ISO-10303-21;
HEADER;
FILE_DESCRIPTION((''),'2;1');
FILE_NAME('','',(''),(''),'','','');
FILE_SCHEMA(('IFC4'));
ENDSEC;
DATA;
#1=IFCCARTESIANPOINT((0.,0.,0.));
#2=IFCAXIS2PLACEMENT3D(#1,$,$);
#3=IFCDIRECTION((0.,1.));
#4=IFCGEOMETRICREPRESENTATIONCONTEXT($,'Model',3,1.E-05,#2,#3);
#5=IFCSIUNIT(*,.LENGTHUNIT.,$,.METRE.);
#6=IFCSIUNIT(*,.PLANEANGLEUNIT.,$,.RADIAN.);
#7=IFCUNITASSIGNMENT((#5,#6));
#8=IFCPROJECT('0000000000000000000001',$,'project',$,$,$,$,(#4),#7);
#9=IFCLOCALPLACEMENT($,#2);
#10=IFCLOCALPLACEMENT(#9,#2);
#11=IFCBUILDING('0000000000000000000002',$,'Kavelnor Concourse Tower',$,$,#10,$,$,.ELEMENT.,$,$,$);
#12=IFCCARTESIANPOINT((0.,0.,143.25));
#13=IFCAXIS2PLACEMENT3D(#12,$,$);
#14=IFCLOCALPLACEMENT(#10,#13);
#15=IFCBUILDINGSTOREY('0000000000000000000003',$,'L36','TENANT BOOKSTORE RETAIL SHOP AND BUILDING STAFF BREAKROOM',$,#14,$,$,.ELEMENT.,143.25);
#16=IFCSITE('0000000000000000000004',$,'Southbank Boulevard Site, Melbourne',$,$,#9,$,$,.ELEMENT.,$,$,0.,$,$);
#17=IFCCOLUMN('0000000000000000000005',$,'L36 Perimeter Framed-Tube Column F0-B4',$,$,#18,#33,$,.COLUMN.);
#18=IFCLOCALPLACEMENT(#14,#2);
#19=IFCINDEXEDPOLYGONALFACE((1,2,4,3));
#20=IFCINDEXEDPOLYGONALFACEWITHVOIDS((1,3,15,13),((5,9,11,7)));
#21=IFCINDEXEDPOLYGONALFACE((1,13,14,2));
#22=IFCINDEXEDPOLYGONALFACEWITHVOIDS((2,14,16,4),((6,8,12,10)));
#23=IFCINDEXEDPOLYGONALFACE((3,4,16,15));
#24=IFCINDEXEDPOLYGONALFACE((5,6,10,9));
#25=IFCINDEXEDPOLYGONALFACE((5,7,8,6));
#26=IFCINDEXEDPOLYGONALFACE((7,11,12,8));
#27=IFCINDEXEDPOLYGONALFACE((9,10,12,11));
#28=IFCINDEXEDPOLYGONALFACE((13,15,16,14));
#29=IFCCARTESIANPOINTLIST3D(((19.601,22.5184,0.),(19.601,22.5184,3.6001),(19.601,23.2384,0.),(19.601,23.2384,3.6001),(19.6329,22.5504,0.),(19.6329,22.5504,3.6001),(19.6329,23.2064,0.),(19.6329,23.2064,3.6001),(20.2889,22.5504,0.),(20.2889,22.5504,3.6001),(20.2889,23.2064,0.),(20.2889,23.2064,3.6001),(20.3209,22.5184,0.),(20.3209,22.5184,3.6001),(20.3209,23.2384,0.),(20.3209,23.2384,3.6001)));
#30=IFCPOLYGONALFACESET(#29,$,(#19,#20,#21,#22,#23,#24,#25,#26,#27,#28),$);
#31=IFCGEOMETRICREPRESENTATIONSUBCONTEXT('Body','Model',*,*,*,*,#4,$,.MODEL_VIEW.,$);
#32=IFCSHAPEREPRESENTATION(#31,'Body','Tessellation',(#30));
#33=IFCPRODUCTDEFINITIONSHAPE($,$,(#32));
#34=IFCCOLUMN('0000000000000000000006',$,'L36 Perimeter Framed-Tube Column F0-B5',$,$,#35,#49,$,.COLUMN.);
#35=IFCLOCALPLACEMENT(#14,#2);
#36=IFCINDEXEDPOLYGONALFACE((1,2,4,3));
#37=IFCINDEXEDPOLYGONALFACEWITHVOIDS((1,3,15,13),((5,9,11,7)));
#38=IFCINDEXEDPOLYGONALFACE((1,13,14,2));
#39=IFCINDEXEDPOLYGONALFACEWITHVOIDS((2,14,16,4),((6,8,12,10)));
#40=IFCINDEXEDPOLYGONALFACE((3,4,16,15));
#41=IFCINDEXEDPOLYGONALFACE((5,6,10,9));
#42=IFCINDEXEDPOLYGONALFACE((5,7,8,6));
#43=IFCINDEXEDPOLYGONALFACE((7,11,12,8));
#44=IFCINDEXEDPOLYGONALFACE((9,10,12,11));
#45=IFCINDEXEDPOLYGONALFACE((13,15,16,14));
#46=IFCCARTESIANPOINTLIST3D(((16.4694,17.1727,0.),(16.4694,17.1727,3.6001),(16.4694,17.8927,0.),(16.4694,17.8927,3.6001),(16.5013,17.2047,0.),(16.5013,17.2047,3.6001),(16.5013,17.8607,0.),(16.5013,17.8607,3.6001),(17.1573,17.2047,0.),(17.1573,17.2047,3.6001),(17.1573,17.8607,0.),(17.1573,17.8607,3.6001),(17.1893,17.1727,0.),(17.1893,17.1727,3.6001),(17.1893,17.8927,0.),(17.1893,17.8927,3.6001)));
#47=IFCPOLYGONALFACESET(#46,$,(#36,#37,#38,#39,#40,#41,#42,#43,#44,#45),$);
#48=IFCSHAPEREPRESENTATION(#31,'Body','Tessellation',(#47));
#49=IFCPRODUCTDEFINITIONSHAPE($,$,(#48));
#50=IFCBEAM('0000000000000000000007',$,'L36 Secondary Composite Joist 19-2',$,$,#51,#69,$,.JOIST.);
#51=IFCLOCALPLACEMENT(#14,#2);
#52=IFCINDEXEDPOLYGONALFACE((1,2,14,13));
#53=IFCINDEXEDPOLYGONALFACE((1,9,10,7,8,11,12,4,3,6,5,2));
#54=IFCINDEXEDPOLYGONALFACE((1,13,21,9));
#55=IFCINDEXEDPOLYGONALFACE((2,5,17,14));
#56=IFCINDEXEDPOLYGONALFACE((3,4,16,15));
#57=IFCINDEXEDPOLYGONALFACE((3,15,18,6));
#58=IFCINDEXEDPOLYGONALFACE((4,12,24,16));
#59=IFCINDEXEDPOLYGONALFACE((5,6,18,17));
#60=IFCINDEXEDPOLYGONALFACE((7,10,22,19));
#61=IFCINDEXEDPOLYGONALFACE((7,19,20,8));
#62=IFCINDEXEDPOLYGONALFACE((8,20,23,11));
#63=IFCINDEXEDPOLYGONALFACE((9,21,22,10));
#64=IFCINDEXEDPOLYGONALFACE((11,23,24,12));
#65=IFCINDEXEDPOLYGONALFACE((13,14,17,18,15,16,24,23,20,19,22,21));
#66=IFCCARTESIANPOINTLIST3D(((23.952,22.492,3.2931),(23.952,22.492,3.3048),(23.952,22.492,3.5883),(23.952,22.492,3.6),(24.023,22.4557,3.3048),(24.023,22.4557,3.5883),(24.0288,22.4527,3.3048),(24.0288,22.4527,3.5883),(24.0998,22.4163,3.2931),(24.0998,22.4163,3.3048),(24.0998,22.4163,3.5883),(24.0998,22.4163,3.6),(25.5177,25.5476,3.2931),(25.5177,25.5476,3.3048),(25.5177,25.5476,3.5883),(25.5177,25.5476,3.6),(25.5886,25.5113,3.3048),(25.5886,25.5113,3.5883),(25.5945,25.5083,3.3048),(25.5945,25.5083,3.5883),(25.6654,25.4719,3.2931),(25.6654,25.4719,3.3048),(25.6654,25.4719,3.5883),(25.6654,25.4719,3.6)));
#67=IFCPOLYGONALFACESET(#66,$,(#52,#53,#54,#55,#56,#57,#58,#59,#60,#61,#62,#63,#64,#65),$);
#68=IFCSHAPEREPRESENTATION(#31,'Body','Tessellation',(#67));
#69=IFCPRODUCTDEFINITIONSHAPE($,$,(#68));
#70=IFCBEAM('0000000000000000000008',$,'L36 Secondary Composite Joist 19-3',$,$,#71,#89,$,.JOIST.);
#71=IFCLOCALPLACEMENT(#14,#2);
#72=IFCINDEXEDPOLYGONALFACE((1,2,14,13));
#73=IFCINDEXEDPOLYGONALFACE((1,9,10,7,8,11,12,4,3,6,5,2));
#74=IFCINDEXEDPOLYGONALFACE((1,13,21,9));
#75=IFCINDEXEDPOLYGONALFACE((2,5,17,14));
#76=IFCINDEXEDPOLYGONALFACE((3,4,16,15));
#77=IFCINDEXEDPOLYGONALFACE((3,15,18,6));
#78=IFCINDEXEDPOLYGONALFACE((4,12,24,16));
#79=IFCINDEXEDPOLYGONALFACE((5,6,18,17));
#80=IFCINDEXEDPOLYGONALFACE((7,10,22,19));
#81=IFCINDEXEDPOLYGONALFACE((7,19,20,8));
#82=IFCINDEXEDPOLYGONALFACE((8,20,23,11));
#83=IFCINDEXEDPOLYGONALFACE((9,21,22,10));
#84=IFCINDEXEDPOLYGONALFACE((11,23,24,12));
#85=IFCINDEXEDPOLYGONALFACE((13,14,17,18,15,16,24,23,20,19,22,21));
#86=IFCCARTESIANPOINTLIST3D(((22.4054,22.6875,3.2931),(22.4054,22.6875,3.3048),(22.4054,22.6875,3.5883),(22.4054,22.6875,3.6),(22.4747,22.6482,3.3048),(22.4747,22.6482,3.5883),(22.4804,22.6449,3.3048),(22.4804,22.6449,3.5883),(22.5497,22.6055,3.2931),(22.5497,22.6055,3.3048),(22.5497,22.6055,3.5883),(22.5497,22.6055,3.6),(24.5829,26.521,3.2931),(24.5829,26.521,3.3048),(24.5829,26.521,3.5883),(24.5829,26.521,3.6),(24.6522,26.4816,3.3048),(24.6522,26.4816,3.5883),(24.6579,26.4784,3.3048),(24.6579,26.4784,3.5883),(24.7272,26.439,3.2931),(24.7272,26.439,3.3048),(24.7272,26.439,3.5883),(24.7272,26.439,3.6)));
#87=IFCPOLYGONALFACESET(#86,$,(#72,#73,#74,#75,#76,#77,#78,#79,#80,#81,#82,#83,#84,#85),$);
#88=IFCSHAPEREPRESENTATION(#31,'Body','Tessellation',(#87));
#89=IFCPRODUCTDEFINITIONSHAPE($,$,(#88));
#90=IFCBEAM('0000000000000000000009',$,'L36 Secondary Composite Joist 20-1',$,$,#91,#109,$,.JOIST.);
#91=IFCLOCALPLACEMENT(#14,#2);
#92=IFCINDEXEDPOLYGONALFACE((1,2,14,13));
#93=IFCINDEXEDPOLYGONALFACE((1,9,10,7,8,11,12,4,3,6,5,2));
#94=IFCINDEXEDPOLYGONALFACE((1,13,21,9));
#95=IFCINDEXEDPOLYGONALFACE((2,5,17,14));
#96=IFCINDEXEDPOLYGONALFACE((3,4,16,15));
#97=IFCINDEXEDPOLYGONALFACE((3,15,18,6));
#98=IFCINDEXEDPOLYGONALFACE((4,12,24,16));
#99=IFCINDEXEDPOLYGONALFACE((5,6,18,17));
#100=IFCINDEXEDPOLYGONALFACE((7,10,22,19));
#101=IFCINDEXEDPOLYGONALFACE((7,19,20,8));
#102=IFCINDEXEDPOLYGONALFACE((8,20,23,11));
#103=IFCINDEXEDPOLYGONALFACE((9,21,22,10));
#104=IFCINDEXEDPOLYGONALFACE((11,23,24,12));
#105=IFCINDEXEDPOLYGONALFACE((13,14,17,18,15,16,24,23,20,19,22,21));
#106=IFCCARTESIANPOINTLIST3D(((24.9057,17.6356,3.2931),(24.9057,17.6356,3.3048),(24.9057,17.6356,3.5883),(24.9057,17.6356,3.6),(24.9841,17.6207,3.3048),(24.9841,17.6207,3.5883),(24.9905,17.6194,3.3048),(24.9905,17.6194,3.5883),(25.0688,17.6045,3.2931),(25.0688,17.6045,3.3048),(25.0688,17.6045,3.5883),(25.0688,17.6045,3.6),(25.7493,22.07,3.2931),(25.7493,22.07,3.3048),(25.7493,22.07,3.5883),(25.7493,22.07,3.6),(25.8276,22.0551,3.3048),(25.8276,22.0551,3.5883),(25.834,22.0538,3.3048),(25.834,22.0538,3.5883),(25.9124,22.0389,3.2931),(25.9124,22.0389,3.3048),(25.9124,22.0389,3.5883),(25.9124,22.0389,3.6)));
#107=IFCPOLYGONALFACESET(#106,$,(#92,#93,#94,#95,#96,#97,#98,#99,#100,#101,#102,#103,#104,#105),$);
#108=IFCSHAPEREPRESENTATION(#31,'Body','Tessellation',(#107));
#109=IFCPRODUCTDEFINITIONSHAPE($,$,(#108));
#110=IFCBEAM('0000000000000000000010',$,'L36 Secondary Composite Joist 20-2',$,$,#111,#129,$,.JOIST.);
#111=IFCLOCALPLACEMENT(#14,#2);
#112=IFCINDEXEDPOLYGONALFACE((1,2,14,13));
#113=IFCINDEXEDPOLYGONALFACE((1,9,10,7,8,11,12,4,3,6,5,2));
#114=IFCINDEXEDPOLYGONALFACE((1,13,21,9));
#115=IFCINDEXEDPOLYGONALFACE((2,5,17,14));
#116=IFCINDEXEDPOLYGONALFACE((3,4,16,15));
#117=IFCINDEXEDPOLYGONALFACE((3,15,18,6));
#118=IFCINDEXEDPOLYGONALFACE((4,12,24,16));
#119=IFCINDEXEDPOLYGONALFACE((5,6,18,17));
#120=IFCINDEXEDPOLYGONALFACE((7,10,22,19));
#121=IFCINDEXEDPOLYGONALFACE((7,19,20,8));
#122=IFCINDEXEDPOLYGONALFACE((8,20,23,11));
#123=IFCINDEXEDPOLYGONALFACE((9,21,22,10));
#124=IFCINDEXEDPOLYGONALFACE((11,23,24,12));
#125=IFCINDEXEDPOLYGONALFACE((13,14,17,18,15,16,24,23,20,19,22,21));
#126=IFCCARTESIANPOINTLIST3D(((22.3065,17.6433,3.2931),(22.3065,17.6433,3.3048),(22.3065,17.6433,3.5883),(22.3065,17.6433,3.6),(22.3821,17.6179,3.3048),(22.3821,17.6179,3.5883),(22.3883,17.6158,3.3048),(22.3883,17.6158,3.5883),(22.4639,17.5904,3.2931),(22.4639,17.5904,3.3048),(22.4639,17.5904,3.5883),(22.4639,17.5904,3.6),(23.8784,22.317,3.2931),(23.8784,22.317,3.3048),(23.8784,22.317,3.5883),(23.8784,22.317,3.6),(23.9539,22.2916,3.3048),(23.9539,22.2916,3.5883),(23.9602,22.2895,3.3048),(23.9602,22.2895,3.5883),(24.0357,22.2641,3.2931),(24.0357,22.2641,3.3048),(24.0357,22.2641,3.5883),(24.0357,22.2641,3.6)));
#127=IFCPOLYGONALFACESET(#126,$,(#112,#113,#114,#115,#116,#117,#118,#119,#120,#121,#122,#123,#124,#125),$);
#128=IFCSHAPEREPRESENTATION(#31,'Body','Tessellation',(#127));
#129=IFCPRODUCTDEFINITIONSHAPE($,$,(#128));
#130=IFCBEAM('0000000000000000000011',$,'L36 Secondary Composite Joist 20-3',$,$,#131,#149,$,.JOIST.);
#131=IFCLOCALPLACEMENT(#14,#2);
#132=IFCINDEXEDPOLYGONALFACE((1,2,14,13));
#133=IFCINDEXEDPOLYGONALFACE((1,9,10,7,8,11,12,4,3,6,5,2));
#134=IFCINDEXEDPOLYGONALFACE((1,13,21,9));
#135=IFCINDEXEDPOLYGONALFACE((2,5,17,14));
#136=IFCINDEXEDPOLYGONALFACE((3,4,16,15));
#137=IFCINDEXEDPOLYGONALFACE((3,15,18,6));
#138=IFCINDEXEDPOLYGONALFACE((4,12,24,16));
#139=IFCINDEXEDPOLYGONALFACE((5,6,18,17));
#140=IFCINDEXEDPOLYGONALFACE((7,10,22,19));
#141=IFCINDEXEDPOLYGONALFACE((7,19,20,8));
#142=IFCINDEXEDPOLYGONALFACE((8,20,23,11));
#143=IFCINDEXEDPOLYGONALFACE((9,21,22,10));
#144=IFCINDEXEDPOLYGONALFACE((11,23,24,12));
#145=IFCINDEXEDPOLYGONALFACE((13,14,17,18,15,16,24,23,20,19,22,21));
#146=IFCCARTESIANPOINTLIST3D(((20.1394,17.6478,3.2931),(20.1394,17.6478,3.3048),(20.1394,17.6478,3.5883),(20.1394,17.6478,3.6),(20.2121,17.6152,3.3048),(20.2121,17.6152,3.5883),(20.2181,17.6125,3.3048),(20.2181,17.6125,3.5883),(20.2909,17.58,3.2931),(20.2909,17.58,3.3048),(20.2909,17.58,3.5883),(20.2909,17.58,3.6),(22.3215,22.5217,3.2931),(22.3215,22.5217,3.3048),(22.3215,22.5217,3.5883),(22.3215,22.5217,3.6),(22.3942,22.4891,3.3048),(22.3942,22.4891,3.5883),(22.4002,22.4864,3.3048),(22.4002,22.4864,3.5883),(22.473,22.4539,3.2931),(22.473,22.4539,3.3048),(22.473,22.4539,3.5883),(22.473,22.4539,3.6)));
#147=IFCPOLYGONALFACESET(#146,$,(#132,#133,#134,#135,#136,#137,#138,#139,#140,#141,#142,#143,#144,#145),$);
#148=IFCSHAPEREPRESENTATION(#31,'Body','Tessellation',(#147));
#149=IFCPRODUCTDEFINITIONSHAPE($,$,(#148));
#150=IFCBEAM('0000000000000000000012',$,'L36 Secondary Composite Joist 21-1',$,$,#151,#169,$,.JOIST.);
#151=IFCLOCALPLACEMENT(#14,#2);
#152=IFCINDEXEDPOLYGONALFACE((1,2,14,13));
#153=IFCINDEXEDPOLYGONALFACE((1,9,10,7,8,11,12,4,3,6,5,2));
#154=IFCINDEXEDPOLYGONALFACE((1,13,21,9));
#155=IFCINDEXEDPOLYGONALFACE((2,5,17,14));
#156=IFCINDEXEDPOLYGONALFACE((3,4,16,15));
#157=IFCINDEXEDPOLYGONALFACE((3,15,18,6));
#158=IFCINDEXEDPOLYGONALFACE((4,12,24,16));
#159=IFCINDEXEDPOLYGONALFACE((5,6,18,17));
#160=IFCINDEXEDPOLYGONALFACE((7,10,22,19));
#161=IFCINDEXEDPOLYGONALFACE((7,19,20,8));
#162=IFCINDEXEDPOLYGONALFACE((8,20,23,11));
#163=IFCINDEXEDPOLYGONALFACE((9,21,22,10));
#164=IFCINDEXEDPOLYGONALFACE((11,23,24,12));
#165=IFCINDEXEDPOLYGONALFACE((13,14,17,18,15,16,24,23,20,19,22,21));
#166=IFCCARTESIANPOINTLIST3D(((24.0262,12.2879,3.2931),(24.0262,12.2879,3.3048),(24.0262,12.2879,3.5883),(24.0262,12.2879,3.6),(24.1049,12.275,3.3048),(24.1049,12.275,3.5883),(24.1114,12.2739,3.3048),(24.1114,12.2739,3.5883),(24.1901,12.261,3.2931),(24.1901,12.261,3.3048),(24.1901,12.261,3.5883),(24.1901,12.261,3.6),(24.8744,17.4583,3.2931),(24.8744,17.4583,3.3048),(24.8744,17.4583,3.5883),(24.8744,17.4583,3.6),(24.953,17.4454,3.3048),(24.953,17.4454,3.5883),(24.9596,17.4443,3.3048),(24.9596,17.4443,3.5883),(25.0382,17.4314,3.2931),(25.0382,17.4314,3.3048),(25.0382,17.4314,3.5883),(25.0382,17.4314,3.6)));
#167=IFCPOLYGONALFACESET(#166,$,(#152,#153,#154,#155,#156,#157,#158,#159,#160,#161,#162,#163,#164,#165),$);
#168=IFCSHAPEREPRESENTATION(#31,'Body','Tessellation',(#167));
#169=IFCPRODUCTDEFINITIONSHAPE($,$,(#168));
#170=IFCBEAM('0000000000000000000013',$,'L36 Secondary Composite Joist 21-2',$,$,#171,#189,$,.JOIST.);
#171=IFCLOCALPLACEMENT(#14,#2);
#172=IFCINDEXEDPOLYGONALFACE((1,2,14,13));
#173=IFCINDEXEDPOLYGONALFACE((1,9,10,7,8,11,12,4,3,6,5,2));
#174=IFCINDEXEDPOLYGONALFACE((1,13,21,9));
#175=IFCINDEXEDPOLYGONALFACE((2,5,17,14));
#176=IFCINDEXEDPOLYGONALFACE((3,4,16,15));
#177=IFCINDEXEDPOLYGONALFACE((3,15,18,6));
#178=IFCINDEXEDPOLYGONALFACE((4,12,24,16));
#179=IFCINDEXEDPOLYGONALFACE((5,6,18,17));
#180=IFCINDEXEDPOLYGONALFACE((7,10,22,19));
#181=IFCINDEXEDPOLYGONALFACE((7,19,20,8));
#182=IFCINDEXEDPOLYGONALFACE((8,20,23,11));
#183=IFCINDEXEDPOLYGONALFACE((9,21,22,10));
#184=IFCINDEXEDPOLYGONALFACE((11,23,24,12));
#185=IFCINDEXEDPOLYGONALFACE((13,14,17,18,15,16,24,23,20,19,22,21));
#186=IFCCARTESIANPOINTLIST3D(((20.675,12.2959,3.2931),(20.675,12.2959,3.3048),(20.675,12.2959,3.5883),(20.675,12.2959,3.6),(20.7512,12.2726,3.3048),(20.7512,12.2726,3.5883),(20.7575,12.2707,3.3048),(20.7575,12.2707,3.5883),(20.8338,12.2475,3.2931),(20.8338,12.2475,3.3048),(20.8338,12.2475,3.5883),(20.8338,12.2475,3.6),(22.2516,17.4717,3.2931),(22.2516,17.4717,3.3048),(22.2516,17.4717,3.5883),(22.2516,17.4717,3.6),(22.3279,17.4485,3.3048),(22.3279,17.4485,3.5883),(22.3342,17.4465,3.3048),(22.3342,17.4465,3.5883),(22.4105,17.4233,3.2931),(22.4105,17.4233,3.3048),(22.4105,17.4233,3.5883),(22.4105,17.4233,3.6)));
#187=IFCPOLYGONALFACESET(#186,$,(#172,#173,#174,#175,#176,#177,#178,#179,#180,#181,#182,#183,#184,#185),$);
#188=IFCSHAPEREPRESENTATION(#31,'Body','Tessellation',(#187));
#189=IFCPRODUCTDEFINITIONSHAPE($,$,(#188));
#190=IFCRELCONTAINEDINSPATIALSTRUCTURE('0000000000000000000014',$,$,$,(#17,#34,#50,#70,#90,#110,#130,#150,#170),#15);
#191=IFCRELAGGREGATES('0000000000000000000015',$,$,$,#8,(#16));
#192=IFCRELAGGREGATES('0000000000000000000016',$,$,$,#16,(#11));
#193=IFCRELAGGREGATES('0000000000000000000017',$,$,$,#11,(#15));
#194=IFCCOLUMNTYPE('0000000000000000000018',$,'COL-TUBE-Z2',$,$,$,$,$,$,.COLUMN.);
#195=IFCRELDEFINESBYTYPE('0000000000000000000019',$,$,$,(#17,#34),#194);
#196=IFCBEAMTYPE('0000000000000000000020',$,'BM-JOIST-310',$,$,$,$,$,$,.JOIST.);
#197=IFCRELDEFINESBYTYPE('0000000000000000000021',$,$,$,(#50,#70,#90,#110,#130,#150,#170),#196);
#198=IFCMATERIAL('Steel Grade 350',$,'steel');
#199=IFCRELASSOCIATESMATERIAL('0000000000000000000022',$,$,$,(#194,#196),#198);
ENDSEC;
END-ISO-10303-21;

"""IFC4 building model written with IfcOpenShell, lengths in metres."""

from ifc_helpers import new_model, si_unit, direction, frame, origin, origin_2d, place, context, subcontext, project, spatial, hollow_rectangle, i_section, extrude, material, material_profile, profile_set, type_object, element, save


model = new_model("IFC4")

# Units and contexts
model_context = context("Model", 3, precision=1e-05, world=origin(), true_north=direction((0.0, 1.0)))
body_context = subcontext(model_context, "Body", "Model", "MODEL_VIEW")
ifc_project = project(units=[si_unit("LENGTHUNIT", "METRE"), si_unit("PLANEANGLEUNIT", "RADIAN")], contexts=[model_context])

# Site, building, storey
site_placement = place(None, origin())
site = spatial("IfcSite", under=ifc_project, at=site_placement, Name="Southbank Boulevard Site, Melbourne", CompositionType="ELEMENT", RefElevation=0.0)
building_placement = place(site_placement, origin())
building = spatial("IfcBuilding", under=site, at=building_placement, Name="Kavelnor Concourse Tower", CompositionType="ELEMENT")
storey_placement = place(building_placement, frame((0.0, 0.0, 143.25)))
storey = spatial("IfcBuildingStorey", under=building, at=storey_placement, Name="L36", Description="TENANT BOOKSTORE RETAIL SHOP AND BUILDING STAFF BREAKROOM", CompositionType="ELEMENT", Elevation=143.25)

# Columns
ifc_material_1 = material(Name="Steel Grade 350", Category="steel")
ifc_material_profile_1 = material_profile(ifc_material_1, hollow_rectangle(XDim=0.72, YDim=0.72, WallThickness=0.032, at=origin_2d()), Name="SHS 720x720x32")
ifc_profile_set_1 = profile_set([ifc_material_profile_1], Name="Steel Grade 350")
column_type = type_object("IfcColumnType", Name="COL-TUBE-Z2", PredefinedType="COLUMN", material=ifc_profile_set_1)
for number, where, z_axis, x_axis, name in (
    (1, (19.9609, 22.8784, 0.0), (0.0, 0.0, 1.0), (1.0, 0.0, 0.0), "L36 Perimeter Framed-Tube Column F0-B4"),
    (2, (16.8293, 17.5327, 0.0), (0.0, 0.0, 1.0), (1.0, 0.0, 0.0), "L36 Perimeter Framed-Tube Column F0-B5"),
):
    element("IfcColumn", number, at=place(storey_placement, frame(where, z_axis=z_axis, x_axis=x_axis)), inside=storey, type_object=column_type, Name=name, PredefinedType="COLUMN", context=body_context, shape_type="SweptSolid", body=[
        extrude(hollow_rectangle(XDim=0.72, YDim=0.72, WallThickness=0.032, at=origin_2d()), origin(), (0.0, 0.0, 1.0), 3.6001),
    ])

# Beams
ifc_material_profile_2 = material_profile(ifc_material_1, i_section(OverallWidth=0.166, OverallDepth=0.3069, WebThickness=0.0066, FlangeThickness=0.0117, at=origin_2d()), Name="310UB46")
ifc_profile_set_2 = profile_set([ifc_material_profile_2], Name="Steel Grade 350")
beam_type_1 = type_object("IfcBeamType", Name="BM-JOIST-310", PredefinedType="JOIST", material=ifc_profile_set_2)
beam_1_placement = place(storey_placement, frame((25.5916, 25.5098, 3.4465), z_axis=(-0.456009, -0.889975, 0.0), x_axis=(0.889975, -0.456009, 0.0)))
element("IfcBeam", 3, at=beam_1_placement, inside=storey, type_object=beam_type_1, Name="L36 Secondary Composite Joist 19-2", PredefinedType="JOIST", context=body_context, shape_type="SweptSolid", body=[
    extrude(i_section(OverallWidth=0.166, OverallDepth=0.3069, WebThickness=0.0066, FlangeThickness=0.0117, at=origin_2d()), origin(), (0.0, 0.0, 1.0), 3.4333),
])
beam_2_placement = place(storey_placement, frame((24.655, 26.48, 3.4465), z_axis=(-0.493901, -0.869518, 0.0), x_axis=(0.869518, -0.493901, 0.0)))
element("IfcBeam", 4, at=beam_2_placement, inside=storey, type_object=beam_type_1, Name="L36 Secondary Composite Joist 19-3", PredefinedType="JOIST", context=body_context, shape_type="SweptSolid", body=[
    extrude(i_section(OverallWidth=0.166, OverallDepth=0.3069, WebThickness=0.0066, FlangeThickness=0.0117, at=origin_2d()), origin(), (0.0, 0.0, 1.0), 4.4087),
])
beam_3_placement = place(storey_placement, frame((25.8308, 22.0544, 3.4465), z_axis=(-0.186871, -0.982384, 0.0), x_axis=(0.982384, -0.186871, 0.0)))
element("IfcBeam", 5, at=beam_3_placement, inside=storey, type_object=beam_type_1, Name="L36 Secondary Composite Joist 20-1", PredefinedType="JOIST", context=body_context, shape_type="SweptSolid", body=[
    extrude(i_section(OverallWidth=0.166, OverallDepth=0.3069, WebThickness=0.0066, FlangeThickness=0.0117, at=origin_2d()), origin(), (0.0, 0.0, 1.0), 4.5139),
])
beam_4_placement = place(storey_placement, frame((23.957, 22.2905, 3.4465), z_axis=(-0.318767, -0.947833, 0.0), x_axis=(0.947833, -0.318767, 0.0)))
element("IfcBeam", 6, at=beam_4_placement, inside=storey, type_object=beam_type_1, Name="L36 Secondary Composite Joist 20-2", PredefinedType="JOIST", context=body_context, shape_type="SweptSolid", body=[
    extrude(i_section(OverallWidth=0.166, OverallDepth=0.3069, WebThickness=0.0066, FlangeThickness=0.0117, at=origin_2d()), origin(), (0.0, 0.0, 1.0), 4.9309),
])
beam_5_placement = place(storey_placement, frame((22.3972, 22.4878, 3.4465), z_axis=(-0.408623, -0.912703, 0.0), x_axis=(0.912703, -0.408623, 0.0)))
element("IfcBeam", 7, at=beam_5_placement, inside=storey, type_object=beam_type_1, Name="L36 Secondary Composite Joist 20-3", PredefinedType="JOIST", context=body_context, shape_type="SweptSolid", body=[
    extrude(i_section(OverallWidth=0.166, OverallDepth=0.3069, WebThickness=0.0066, FlangeThickness=0.0117, at=origin_2d()), origin(), (0.0, 0.0, 1.0), 5.3401),
])
beam_6_placement = place(storey_placement, frame((24.9563, 17.4448, 3.4465), z_axis=(-0.161875, -0.986811, 0.0), x_axis=(0.986811, -0.161875, 0.0)))
element("IfcBeam", 8, at=beam_6_placement, inside=storey, type_object=beam_type_1, Name="L36 Secondary Composite Joist 21-1", PredefinedType="JOIST", context=body_context, shape_type="SweptSolid", body=[
    extrude(i_section(OverallWidth=0.166, OverallDepth=0.3069, WebThickness=0.0066, FlangeThickness=0.0117, at=origin_2d()), origin(), (0.0, 0.0, 1.0), 5.2395),
])
beam_7_placement = place(storey_placement, frame((22.3311, 17.4475, 3.4465), z_axis=(-0.291402, -0.956601, 0.0), x_axis=(0.956601, -0.291402, 0.0)))
element("IfcBeam", 9, at=beam_7_placement, inside=storey, type_object=beam_type_1, Name="L36 Secondary Composite Joist 21-2", PredefinedType="JOIST", context=body_context, shape_type="SweptSolid", body=[
    extrude(i_section(OverallWidth=0.166, OverallDepth=0.3069, WebThickness=0.0066, FlangeThickness=0.0117, at=origin_2d()), origin(), (0.0, 0.0, 1.0), 5.4106),
])

save(model, "model.ifc")
